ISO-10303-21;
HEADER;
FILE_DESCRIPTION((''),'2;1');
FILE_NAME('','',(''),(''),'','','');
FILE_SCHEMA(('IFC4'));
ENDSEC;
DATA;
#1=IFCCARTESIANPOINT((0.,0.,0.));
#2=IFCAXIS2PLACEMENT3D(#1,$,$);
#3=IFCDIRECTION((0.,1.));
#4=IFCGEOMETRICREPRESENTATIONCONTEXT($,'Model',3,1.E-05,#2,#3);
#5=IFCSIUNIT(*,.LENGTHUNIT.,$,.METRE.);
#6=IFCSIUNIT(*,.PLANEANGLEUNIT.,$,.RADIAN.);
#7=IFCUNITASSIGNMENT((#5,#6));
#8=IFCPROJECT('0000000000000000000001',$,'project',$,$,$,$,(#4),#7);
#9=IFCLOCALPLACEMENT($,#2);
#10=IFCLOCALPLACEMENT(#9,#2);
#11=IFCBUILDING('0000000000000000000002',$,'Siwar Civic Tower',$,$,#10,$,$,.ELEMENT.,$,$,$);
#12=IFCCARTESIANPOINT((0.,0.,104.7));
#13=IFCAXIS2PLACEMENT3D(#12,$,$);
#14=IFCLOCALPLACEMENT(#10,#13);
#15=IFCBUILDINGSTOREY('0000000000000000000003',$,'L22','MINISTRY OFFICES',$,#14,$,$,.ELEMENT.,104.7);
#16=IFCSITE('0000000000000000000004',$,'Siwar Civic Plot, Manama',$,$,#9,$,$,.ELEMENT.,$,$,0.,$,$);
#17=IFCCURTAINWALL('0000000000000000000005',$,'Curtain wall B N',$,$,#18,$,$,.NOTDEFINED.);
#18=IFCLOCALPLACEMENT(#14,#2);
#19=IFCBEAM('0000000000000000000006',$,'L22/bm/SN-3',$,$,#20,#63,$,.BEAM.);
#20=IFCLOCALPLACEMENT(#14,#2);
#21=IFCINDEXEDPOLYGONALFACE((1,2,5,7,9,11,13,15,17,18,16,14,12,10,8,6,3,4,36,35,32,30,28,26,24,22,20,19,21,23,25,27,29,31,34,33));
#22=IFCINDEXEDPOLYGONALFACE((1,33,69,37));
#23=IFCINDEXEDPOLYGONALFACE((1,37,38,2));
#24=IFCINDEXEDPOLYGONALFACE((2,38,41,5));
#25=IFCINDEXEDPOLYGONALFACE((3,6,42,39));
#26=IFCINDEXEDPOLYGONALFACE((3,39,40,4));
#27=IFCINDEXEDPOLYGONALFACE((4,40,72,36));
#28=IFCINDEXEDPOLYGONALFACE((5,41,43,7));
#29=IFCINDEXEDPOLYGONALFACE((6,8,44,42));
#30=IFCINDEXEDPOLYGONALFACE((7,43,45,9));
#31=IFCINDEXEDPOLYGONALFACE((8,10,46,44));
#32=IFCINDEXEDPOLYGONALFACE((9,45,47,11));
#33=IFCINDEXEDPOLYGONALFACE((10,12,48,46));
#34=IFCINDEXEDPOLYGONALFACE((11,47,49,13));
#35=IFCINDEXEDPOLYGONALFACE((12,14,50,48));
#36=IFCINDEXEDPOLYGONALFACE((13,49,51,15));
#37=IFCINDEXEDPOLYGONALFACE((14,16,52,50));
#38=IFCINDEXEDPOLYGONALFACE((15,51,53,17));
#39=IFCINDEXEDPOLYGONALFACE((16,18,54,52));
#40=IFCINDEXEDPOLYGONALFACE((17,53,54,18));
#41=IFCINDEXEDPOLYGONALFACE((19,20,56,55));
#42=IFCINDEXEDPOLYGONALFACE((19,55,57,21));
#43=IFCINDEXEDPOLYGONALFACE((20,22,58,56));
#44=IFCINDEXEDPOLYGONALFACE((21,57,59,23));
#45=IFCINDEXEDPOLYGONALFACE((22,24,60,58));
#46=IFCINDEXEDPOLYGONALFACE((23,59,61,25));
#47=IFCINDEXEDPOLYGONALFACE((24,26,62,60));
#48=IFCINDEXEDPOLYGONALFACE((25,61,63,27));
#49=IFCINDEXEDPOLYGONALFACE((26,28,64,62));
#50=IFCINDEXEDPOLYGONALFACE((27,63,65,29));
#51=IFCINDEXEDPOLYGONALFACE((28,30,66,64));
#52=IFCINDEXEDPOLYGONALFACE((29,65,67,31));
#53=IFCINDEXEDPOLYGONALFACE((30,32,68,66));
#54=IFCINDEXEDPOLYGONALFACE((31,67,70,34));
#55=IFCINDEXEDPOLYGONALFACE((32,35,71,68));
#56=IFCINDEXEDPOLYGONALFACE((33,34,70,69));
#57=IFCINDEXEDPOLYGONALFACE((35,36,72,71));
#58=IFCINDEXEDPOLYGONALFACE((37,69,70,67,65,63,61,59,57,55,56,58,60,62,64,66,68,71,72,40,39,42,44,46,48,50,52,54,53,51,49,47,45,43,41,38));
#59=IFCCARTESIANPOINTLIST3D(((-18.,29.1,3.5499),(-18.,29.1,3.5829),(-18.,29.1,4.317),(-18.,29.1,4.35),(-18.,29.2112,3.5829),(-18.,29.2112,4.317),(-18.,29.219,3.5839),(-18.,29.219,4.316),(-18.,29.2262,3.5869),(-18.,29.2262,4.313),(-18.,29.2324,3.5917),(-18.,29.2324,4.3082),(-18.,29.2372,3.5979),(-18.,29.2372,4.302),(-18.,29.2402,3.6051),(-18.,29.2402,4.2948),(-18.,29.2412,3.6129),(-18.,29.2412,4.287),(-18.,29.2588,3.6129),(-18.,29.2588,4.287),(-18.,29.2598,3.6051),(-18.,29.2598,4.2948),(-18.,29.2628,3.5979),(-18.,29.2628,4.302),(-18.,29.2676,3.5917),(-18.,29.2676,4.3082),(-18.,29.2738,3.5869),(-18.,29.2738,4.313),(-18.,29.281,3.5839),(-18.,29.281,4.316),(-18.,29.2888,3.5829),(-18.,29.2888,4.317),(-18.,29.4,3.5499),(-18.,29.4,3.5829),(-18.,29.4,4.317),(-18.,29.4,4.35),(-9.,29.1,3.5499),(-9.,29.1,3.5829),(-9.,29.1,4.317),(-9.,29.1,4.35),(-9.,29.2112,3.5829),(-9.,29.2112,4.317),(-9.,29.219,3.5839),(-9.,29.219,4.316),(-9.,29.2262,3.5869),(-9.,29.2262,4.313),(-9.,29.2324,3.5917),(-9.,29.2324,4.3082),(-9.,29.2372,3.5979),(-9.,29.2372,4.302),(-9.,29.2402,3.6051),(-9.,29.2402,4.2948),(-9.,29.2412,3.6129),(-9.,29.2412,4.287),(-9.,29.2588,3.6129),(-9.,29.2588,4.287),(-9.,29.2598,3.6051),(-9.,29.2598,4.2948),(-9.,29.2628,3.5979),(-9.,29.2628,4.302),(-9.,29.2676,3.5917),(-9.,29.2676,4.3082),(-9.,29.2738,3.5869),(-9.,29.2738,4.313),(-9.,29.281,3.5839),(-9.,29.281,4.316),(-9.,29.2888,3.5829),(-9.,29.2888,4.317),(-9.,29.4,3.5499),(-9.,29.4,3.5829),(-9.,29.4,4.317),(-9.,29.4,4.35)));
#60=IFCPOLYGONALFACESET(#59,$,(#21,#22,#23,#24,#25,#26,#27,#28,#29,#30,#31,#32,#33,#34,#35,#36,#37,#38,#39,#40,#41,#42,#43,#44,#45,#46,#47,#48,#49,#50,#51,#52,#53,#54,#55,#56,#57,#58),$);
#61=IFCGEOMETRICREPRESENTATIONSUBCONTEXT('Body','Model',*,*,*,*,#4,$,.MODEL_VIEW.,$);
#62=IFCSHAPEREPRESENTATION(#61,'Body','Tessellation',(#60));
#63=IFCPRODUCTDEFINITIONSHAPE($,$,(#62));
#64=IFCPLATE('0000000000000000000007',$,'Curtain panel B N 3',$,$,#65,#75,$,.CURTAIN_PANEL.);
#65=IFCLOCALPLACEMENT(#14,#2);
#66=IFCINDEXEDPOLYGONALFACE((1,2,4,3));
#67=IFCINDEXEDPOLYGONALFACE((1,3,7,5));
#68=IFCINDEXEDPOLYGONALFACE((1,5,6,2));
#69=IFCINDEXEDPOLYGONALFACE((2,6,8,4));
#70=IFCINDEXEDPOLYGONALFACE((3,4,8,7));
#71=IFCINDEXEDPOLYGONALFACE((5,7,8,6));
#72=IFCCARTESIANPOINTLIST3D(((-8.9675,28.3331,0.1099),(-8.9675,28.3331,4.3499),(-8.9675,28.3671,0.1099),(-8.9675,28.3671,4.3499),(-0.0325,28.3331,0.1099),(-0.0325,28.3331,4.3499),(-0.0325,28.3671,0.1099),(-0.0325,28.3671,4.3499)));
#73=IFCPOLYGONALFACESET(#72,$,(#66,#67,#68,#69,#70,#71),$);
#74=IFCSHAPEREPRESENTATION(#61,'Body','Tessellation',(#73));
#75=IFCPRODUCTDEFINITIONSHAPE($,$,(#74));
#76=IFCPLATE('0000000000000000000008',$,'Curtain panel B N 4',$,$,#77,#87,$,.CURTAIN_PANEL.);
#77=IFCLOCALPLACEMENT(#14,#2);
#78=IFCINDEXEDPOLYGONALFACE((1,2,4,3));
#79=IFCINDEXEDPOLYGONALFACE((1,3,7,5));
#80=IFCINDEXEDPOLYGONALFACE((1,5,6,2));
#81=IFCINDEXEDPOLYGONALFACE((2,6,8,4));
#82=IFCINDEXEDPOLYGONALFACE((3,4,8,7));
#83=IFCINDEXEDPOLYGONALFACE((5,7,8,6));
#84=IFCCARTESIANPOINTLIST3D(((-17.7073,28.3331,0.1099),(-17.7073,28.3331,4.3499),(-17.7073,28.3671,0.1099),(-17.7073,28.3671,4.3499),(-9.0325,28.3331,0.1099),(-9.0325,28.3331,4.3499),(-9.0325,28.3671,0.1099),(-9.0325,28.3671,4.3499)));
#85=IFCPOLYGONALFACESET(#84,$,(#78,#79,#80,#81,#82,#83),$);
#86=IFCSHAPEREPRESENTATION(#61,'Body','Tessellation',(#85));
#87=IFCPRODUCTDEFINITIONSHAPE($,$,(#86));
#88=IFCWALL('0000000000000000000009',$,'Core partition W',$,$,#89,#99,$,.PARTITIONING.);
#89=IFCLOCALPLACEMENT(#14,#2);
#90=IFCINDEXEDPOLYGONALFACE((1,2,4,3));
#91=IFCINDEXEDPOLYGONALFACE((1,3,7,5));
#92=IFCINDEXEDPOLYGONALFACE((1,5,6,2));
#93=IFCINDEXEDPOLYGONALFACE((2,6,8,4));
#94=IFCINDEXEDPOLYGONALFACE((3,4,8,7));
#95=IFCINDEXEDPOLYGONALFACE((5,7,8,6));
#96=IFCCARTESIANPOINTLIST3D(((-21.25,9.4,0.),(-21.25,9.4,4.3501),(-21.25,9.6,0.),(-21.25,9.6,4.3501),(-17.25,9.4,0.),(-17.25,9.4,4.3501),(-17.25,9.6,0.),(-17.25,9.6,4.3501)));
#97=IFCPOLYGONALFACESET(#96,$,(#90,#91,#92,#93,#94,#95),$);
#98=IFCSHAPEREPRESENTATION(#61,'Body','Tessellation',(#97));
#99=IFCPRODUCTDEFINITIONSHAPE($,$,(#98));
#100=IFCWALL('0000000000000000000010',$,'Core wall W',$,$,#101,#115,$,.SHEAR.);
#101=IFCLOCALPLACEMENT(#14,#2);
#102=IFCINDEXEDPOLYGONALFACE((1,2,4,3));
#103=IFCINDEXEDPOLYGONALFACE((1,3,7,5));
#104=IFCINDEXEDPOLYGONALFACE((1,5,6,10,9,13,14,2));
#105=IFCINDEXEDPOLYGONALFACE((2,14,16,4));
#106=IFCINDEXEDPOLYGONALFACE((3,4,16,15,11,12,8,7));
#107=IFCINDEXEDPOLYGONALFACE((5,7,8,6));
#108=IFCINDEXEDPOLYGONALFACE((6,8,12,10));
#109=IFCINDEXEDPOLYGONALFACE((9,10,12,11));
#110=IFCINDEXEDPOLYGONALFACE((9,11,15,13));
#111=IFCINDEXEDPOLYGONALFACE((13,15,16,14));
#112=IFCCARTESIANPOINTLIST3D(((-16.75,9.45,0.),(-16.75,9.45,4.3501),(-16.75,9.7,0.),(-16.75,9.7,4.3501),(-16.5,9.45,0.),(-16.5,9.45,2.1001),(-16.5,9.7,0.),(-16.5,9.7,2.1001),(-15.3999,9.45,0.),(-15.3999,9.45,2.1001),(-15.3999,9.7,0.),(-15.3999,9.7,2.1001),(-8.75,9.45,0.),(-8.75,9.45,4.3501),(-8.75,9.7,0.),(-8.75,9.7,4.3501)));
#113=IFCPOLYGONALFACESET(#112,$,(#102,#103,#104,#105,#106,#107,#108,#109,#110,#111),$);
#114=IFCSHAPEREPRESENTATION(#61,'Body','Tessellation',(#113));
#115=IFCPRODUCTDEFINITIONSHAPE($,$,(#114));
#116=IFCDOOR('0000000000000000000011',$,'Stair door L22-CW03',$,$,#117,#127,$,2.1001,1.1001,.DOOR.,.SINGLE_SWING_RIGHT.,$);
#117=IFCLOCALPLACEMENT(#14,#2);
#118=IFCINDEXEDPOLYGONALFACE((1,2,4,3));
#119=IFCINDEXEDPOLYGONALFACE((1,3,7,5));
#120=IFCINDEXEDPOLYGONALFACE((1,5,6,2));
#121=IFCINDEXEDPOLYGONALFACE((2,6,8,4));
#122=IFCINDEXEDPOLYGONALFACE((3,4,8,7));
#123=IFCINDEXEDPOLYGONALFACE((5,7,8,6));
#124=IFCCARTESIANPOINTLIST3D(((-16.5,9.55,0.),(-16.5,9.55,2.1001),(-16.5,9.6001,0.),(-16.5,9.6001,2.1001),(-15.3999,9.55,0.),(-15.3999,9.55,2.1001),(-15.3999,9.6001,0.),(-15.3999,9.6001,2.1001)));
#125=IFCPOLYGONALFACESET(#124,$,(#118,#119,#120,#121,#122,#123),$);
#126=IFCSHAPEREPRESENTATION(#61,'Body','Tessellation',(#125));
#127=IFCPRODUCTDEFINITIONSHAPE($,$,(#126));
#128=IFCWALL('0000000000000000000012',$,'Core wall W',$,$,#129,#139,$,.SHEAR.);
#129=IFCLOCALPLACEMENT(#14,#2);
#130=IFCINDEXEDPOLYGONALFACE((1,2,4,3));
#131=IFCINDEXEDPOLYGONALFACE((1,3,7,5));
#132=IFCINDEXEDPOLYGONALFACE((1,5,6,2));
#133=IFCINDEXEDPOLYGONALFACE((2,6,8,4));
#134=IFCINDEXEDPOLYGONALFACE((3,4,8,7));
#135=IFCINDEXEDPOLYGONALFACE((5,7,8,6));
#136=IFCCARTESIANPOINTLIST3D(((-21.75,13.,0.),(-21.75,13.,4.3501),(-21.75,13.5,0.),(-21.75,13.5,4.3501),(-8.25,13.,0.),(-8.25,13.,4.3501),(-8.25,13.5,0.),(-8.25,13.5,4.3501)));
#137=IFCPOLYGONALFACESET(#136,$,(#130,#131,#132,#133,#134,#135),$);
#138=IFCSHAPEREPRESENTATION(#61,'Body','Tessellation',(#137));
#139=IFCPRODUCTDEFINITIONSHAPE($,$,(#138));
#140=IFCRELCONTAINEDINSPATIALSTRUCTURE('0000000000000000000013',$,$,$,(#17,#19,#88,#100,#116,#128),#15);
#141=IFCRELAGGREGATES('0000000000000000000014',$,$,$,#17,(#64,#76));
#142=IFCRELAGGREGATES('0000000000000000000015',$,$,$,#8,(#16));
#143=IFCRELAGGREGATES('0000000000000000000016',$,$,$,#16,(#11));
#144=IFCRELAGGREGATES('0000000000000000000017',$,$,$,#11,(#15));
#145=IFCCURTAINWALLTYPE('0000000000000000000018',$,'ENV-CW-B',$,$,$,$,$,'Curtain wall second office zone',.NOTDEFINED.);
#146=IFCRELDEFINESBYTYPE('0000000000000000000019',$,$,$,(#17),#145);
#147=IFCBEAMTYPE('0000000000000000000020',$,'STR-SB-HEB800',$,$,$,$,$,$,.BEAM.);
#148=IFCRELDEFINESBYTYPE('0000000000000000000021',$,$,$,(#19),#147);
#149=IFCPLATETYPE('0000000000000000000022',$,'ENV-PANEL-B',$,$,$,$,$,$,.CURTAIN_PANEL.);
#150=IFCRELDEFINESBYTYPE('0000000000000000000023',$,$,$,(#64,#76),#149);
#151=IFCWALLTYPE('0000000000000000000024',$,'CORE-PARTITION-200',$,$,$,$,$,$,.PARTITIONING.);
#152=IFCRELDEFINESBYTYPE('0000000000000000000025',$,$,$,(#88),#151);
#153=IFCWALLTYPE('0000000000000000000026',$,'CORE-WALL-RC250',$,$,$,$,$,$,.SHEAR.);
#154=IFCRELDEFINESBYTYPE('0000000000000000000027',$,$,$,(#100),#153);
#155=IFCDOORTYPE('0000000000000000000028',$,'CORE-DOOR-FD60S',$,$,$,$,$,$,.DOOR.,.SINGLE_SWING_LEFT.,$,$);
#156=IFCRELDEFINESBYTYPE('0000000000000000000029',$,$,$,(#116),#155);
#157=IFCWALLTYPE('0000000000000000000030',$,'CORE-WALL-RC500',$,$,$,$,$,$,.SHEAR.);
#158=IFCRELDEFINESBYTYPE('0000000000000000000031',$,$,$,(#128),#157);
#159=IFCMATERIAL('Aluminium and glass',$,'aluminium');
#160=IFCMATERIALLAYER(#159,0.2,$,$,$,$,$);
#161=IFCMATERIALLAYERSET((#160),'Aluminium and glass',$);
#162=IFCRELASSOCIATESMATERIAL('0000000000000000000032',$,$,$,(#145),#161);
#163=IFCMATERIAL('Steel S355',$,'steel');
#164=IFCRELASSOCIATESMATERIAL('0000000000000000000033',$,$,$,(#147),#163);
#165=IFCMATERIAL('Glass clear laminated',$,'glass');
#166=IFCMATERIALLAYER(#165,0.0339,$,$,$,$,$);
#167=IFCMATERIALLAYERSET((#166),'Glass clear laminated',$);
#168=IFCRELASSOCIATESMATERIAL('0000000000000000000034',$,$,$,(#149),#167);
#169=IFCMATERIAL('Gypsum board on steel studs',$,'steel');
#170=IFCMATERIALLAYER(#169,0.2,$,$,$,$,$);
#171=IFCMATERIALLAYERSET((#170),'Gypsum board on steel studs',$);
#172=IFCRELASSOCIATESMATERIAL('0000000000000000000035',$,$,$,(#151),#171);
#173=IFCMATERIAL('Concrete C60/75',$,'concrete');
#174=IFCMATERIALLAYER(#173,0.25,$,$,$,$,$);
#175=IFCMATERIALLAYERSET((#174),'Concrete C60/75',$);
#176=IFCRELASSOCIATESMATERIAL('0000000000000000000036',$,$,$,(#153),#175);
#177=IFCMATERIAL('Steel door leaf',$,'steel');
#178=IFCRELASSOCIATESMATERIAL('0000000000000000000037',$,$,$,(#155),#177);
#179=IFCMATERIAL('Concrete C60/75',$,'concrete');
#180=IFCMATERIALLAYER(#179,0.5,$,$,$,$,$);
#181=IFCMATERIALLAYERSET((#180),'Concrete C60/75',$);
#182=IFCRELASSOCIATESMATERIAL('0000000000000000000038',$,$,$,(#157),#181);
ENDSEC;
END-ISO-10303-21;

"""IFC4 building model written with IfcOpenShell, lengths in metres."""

from ifc_helpers import new_model, si_unit, direction, frame, frame_2d, origin, origin_2d, place, context, subcontext, project, spatial, rectangle, i_section, extrude, material, layer, layer_set, material_profile, profile_set, type_object, element, fill, aggregate, save


model = new_model("IFC4")

# Units and contexts
model_context = context("Model", 3, precision=1e-05, world=origin(), true_north=direction((0.0, 1.0)))
body_context = subcontext(model_context, "Body", "Model", "MODEL_VIEW")
ifc_project = project(units=[si_unit("LENGTHUNIT", "METRE"), si_unit("PLANEANGLEUNIT", "RADIAN")], contexts=[model_context])

# Site, building, storey
site_placement = place(None, origin())
site = spatial("IfcSite", under=ifc_project, at=site_placement, Name="Siwar Civic Plot, Manama", CompositionType="ELEMENT", RefElevation=0.0)
building_placement = place(site_placement, origin())
building = spatial("IfcBuilding", under=site, at=building_placement, Name="Siwar Civic Tower", CompositionType="ELEMENT")
storey_placement = place(building_placement, frame((0.0, 0.0, 104.7)))
storey = spatial("IfcBuildingStorey", under=building, at=storey_placement, Name="L22", Description="MINISTRY OFFICES", CompositionType="ELEMENT", Elevation=104.7)

# Curtain wall
ifc_material_1 = material(Name="Aluminium and glass", Category="aluminium")
ifc_layer_1 = layer(ifc_material_1, 0.2)
ifc_layer_set_1 = layer_set([ifc_layer_1], Name="Aluminium and glass")
curtain_wall_type = type_object("IfcCurtainWallType", Name="ENV-CW-B", ElementType="Curtain wall second office zone", PredefinedType="NOTDEFINED", material=ifc_layer_set_1)
curtain_wall_placement = place(storey_placement, origin())
curtain_wall = element("IfcCurtainWall", 1, at=curtain_wall_placement, inside=storey, type_object=curtain_wall_type, Name="Curtain wall B N", PredefinedType="NOTDEFINED")

# Beam
ifc_material_2 = material(Name="Steel S355", Category="steel")
ifc_material_profile_1 = material_profile(ifc_material_2, i_section(OverallWidth=0.3, OverallDepth=0.8, WebThickness=0.0176, FlangeThickness=0.033, FilletRadius=0.03, at=origin_2d()), Name="HEB800")
ifc_profile_set_1 = profile_set([ifc_material_profile_1], Name="Steel S355")
beam_type_1 = type_object("IfcBeamType", Name="STR-SB-HEB800", PredefinedType="BEAM", material=ifc_profile_set_1)
for number, where, z_axis, x_axis, name in (
    (2, (-9.0, 29.25, 3.95), (-1.0, 0.0, 0.0), (0.0, -1.0, 0.0), "L22/bm/SN-3"),
):
    element("IfcBeam", number, at=place(storey_placement, frame(where, z_axis=z_axis, x_axis=x_axis)), inside=storey, type_object=beam_type_1, Name=name, PredefinedType="BEAM", context=body_context, shape_type="SweptSolid", body=[
        extrude(i_section(OverallWidth=0.3, OverallDepth=0.8, WebThickness=0.0176, FlangeThickness=0.033, FilletRadius=0.03, at=origin_2d()), origin(), (0.0, 0.0, 1.0), 9.0),
    ])

# Plates
ifc_material_3 = material(Name="Glass clear laminated", Category="glass")
ifc_layer_2 = layer(ifc_material_3, 0.0339)
ifc_layer_set_2 = layer_set([ifc_layer_2], Name="Glass clear laminated")
plate_type = type_object("IfcPlateType", Name="ENV-PANEL-B", PredefinedType="CURTAIN_PANEL", material=ifc_layer_set_2)
plate_1_placement = place(storey_placement, frame((-4.5, 28.3501, 0.1099), z_axis=(0.0, 0.0, 1.0), x_axis=(-1.0, 0.0, 0.0)))
plate_1 = element("IfcPlate", 3, at=plate_1_placement, type_object=plate_type, Name="Curtain panel B N 3", PredefinedType="CURTAIN_PANEL", context=body_context, shape_type="SweptSolid", body=[
    extrude(rectangle(XDim=8.9351, YDim=0.0339, at=origin_2d()), origin(), (0.0, 0.0, 1.0), 4.24),
])
plate_2_placement = place(storey_placement, frame((-13.3699, 28.3501, 0.1099), z_axis=(0.0, 0.0, 1.0), x_axis=(-1.0, 0.0, 0.0)))
plate_2 = element("IfcPlate", 4, at=plate_2_placement, type_object=plate_type, Name="Curtain panel B N 4", PredefinedType="CURTAIN_PANEL", context=body_context, shape_type="SweptSolid", body=[
    extrude(rectangle(XDim=8.6748, YDim=0.0339, at=origin_2d()), origin(), (0.0, 0.0, 1.0), 4.24),
])
aggregate(curtain_wall, [plate_1, plate_2])

# Wall
ifc_material_4 = material(Name="Gypsum board on steel studs", Category="steel")
ifc_layer_3 = layer(ifc_material_4, 0.2)
ifc_layer_set_3 = layer_set([ifc_layer_3], Name="Gypsum board on steel studs")
wall_type_1 = type_object("IfcWallType", Name="CORE-PARTITION-200", PredefinedType="PARTITIONING", material=ifc_layer_set_3)
wall_1_placement = place(storey_placement, frame((-17.25, 9.5, 0.0), z_axis=(0.0, 0.0, 1.0), x_axis=(-1.0, 0.0, 0.0)))
element("IfcWall", 5, at=wall_1_placement, inside=storey, type_object=wall_type_1, Name="Core partition W", PredefinedType="PARTITIONING", context=body_context, shape_type="SweptSolid", body=[
    extrude(rectangle(XDim=4.0, YDim=0.2, at=frame_2d((2.0, 0.0))), origin(), (0.0, 0.0, 1.0), 4.3501),
])

# Wall, opening, door
ifc_material_5 = material(Name="Concrete C60/75", Category="concrete")
ifc_layer_4 = layer(ifc_material_5, 0.25)
ifc_layer_set_4 = layer_set([ifc_layer_4], Name="Concrete C60/75")
wall_type_2 = type_object("IfcWallType", Name="CORE-WALL-RC250", PredefinedType="SHEAR", material=ifc_layer_set_4)
wall_2_placement = place(storey_placement, frame((-8.75, 9.575, 0.0), z_axis=(0.0, 0.0, 1.0), x_axis=(-1.0, 0.0, 0.0)))
wall_2 = element("IfcWall", 6, at=wall_2_placement, inside=storey, type_object=wall_type_2, Name="Core wall W", PredefinedType="SHEAR", context=body_context, shape_type="SweptSolid", body=[
    extrude(rectangle(XDim=8.0, YDim=0.25, at=frame_2d((4.0, 0.0))), origin(), (0.0, 0.0, 1.0), 4.3501),
])
opening_1_placement = place(wall_2_placement, frame((6.6499, 0.0, 0.0)))
opening_1 = element("IfcOpeningElement", 7, at=opening_1_placement, cuts=wall_2, PredefinedType="OPENING", context=body_context, shape_type="SweptSolid", body=[
    extrude(rectangle(XDim=1.1001, YDim=2.1001, at=frame_2d((0.55, 1.05))), frame((0.0, 0.135, 0.0), z_axis=(0.0, -1.0, 0.0), x_axis=(1.0, 0.0, 0.0)), (0.0, 0.0, 1.0), 0.27),
])
ifc_material_6 = material(Name="Steel door leaf", Category="steel")
door_type_1 = type_object("IfcDoorType", Name="CORE-DOOR-FD60S", OperationType="SINGLE_SWING_LEFT", PredefinedType="DOOR", material=ifc_material_6)
door_1_placement = place(opening_1_placement, origin())
door_1 = element("IfcDoor", 8, at=door_1_placement, inside=storey, type_object=door_type_1, Name="Stair door L22-CW03", OperationType="SINGLE_SWING_RIGHT", OverallHeight=2.1001, OverallWidth=1.1001, PredefinedType="DOOR", context=body_context, shape_type="SweptSolid", body=[
    extrude(rectangle(XDim=1.1001, YDim=2.1001, at=frame_2d((0.55, 1.05))), frame((0.0, 0.0249, 0.0), z_axis=(0.0, -1.0, 0.0), x_axis=(1.0, 0.0, 0.0)), (0.0, 0.0, 1.0), 0.05),
])
fill(opening_1, door_1)

# Wall
ifc_material_7 = material(Name="Concrete C60/75", Category="concrete")
ifc_layer_5 = layer(ifc_material_7, 0.5)
ifc_layer_set_5 = layer_set([ifc_layer_5], Name="Concrete C60/75")
wall_type_3 = type_object("IfcWallType", Name="CORE-WALL-RC500", PredefinedType="SHEAR", material=ifc_layer_set_5)
wall_3_placement = place(storey_placement, frame((-8.25, 13.25, 0.0), z_axis=(0.0, 0.0, 1.0), x_axis=(-1.0, 0.0, 0.0)))
element("IfcWall", 9, at=wall_3_placement, inside=storey, type_object=wall_type_3, Name="Core wall W", PredefinedType="SHEAR", context=body_context, shape_type="SweptSolid", body=[
    extrude(rectangle(XDim=13.5, YDim=0.5, at=frame_2d((6.75, 0.0))), origin(), (0.0, 0.0, 1.0), 4.3501),
])

save(model, "model.ifc")
